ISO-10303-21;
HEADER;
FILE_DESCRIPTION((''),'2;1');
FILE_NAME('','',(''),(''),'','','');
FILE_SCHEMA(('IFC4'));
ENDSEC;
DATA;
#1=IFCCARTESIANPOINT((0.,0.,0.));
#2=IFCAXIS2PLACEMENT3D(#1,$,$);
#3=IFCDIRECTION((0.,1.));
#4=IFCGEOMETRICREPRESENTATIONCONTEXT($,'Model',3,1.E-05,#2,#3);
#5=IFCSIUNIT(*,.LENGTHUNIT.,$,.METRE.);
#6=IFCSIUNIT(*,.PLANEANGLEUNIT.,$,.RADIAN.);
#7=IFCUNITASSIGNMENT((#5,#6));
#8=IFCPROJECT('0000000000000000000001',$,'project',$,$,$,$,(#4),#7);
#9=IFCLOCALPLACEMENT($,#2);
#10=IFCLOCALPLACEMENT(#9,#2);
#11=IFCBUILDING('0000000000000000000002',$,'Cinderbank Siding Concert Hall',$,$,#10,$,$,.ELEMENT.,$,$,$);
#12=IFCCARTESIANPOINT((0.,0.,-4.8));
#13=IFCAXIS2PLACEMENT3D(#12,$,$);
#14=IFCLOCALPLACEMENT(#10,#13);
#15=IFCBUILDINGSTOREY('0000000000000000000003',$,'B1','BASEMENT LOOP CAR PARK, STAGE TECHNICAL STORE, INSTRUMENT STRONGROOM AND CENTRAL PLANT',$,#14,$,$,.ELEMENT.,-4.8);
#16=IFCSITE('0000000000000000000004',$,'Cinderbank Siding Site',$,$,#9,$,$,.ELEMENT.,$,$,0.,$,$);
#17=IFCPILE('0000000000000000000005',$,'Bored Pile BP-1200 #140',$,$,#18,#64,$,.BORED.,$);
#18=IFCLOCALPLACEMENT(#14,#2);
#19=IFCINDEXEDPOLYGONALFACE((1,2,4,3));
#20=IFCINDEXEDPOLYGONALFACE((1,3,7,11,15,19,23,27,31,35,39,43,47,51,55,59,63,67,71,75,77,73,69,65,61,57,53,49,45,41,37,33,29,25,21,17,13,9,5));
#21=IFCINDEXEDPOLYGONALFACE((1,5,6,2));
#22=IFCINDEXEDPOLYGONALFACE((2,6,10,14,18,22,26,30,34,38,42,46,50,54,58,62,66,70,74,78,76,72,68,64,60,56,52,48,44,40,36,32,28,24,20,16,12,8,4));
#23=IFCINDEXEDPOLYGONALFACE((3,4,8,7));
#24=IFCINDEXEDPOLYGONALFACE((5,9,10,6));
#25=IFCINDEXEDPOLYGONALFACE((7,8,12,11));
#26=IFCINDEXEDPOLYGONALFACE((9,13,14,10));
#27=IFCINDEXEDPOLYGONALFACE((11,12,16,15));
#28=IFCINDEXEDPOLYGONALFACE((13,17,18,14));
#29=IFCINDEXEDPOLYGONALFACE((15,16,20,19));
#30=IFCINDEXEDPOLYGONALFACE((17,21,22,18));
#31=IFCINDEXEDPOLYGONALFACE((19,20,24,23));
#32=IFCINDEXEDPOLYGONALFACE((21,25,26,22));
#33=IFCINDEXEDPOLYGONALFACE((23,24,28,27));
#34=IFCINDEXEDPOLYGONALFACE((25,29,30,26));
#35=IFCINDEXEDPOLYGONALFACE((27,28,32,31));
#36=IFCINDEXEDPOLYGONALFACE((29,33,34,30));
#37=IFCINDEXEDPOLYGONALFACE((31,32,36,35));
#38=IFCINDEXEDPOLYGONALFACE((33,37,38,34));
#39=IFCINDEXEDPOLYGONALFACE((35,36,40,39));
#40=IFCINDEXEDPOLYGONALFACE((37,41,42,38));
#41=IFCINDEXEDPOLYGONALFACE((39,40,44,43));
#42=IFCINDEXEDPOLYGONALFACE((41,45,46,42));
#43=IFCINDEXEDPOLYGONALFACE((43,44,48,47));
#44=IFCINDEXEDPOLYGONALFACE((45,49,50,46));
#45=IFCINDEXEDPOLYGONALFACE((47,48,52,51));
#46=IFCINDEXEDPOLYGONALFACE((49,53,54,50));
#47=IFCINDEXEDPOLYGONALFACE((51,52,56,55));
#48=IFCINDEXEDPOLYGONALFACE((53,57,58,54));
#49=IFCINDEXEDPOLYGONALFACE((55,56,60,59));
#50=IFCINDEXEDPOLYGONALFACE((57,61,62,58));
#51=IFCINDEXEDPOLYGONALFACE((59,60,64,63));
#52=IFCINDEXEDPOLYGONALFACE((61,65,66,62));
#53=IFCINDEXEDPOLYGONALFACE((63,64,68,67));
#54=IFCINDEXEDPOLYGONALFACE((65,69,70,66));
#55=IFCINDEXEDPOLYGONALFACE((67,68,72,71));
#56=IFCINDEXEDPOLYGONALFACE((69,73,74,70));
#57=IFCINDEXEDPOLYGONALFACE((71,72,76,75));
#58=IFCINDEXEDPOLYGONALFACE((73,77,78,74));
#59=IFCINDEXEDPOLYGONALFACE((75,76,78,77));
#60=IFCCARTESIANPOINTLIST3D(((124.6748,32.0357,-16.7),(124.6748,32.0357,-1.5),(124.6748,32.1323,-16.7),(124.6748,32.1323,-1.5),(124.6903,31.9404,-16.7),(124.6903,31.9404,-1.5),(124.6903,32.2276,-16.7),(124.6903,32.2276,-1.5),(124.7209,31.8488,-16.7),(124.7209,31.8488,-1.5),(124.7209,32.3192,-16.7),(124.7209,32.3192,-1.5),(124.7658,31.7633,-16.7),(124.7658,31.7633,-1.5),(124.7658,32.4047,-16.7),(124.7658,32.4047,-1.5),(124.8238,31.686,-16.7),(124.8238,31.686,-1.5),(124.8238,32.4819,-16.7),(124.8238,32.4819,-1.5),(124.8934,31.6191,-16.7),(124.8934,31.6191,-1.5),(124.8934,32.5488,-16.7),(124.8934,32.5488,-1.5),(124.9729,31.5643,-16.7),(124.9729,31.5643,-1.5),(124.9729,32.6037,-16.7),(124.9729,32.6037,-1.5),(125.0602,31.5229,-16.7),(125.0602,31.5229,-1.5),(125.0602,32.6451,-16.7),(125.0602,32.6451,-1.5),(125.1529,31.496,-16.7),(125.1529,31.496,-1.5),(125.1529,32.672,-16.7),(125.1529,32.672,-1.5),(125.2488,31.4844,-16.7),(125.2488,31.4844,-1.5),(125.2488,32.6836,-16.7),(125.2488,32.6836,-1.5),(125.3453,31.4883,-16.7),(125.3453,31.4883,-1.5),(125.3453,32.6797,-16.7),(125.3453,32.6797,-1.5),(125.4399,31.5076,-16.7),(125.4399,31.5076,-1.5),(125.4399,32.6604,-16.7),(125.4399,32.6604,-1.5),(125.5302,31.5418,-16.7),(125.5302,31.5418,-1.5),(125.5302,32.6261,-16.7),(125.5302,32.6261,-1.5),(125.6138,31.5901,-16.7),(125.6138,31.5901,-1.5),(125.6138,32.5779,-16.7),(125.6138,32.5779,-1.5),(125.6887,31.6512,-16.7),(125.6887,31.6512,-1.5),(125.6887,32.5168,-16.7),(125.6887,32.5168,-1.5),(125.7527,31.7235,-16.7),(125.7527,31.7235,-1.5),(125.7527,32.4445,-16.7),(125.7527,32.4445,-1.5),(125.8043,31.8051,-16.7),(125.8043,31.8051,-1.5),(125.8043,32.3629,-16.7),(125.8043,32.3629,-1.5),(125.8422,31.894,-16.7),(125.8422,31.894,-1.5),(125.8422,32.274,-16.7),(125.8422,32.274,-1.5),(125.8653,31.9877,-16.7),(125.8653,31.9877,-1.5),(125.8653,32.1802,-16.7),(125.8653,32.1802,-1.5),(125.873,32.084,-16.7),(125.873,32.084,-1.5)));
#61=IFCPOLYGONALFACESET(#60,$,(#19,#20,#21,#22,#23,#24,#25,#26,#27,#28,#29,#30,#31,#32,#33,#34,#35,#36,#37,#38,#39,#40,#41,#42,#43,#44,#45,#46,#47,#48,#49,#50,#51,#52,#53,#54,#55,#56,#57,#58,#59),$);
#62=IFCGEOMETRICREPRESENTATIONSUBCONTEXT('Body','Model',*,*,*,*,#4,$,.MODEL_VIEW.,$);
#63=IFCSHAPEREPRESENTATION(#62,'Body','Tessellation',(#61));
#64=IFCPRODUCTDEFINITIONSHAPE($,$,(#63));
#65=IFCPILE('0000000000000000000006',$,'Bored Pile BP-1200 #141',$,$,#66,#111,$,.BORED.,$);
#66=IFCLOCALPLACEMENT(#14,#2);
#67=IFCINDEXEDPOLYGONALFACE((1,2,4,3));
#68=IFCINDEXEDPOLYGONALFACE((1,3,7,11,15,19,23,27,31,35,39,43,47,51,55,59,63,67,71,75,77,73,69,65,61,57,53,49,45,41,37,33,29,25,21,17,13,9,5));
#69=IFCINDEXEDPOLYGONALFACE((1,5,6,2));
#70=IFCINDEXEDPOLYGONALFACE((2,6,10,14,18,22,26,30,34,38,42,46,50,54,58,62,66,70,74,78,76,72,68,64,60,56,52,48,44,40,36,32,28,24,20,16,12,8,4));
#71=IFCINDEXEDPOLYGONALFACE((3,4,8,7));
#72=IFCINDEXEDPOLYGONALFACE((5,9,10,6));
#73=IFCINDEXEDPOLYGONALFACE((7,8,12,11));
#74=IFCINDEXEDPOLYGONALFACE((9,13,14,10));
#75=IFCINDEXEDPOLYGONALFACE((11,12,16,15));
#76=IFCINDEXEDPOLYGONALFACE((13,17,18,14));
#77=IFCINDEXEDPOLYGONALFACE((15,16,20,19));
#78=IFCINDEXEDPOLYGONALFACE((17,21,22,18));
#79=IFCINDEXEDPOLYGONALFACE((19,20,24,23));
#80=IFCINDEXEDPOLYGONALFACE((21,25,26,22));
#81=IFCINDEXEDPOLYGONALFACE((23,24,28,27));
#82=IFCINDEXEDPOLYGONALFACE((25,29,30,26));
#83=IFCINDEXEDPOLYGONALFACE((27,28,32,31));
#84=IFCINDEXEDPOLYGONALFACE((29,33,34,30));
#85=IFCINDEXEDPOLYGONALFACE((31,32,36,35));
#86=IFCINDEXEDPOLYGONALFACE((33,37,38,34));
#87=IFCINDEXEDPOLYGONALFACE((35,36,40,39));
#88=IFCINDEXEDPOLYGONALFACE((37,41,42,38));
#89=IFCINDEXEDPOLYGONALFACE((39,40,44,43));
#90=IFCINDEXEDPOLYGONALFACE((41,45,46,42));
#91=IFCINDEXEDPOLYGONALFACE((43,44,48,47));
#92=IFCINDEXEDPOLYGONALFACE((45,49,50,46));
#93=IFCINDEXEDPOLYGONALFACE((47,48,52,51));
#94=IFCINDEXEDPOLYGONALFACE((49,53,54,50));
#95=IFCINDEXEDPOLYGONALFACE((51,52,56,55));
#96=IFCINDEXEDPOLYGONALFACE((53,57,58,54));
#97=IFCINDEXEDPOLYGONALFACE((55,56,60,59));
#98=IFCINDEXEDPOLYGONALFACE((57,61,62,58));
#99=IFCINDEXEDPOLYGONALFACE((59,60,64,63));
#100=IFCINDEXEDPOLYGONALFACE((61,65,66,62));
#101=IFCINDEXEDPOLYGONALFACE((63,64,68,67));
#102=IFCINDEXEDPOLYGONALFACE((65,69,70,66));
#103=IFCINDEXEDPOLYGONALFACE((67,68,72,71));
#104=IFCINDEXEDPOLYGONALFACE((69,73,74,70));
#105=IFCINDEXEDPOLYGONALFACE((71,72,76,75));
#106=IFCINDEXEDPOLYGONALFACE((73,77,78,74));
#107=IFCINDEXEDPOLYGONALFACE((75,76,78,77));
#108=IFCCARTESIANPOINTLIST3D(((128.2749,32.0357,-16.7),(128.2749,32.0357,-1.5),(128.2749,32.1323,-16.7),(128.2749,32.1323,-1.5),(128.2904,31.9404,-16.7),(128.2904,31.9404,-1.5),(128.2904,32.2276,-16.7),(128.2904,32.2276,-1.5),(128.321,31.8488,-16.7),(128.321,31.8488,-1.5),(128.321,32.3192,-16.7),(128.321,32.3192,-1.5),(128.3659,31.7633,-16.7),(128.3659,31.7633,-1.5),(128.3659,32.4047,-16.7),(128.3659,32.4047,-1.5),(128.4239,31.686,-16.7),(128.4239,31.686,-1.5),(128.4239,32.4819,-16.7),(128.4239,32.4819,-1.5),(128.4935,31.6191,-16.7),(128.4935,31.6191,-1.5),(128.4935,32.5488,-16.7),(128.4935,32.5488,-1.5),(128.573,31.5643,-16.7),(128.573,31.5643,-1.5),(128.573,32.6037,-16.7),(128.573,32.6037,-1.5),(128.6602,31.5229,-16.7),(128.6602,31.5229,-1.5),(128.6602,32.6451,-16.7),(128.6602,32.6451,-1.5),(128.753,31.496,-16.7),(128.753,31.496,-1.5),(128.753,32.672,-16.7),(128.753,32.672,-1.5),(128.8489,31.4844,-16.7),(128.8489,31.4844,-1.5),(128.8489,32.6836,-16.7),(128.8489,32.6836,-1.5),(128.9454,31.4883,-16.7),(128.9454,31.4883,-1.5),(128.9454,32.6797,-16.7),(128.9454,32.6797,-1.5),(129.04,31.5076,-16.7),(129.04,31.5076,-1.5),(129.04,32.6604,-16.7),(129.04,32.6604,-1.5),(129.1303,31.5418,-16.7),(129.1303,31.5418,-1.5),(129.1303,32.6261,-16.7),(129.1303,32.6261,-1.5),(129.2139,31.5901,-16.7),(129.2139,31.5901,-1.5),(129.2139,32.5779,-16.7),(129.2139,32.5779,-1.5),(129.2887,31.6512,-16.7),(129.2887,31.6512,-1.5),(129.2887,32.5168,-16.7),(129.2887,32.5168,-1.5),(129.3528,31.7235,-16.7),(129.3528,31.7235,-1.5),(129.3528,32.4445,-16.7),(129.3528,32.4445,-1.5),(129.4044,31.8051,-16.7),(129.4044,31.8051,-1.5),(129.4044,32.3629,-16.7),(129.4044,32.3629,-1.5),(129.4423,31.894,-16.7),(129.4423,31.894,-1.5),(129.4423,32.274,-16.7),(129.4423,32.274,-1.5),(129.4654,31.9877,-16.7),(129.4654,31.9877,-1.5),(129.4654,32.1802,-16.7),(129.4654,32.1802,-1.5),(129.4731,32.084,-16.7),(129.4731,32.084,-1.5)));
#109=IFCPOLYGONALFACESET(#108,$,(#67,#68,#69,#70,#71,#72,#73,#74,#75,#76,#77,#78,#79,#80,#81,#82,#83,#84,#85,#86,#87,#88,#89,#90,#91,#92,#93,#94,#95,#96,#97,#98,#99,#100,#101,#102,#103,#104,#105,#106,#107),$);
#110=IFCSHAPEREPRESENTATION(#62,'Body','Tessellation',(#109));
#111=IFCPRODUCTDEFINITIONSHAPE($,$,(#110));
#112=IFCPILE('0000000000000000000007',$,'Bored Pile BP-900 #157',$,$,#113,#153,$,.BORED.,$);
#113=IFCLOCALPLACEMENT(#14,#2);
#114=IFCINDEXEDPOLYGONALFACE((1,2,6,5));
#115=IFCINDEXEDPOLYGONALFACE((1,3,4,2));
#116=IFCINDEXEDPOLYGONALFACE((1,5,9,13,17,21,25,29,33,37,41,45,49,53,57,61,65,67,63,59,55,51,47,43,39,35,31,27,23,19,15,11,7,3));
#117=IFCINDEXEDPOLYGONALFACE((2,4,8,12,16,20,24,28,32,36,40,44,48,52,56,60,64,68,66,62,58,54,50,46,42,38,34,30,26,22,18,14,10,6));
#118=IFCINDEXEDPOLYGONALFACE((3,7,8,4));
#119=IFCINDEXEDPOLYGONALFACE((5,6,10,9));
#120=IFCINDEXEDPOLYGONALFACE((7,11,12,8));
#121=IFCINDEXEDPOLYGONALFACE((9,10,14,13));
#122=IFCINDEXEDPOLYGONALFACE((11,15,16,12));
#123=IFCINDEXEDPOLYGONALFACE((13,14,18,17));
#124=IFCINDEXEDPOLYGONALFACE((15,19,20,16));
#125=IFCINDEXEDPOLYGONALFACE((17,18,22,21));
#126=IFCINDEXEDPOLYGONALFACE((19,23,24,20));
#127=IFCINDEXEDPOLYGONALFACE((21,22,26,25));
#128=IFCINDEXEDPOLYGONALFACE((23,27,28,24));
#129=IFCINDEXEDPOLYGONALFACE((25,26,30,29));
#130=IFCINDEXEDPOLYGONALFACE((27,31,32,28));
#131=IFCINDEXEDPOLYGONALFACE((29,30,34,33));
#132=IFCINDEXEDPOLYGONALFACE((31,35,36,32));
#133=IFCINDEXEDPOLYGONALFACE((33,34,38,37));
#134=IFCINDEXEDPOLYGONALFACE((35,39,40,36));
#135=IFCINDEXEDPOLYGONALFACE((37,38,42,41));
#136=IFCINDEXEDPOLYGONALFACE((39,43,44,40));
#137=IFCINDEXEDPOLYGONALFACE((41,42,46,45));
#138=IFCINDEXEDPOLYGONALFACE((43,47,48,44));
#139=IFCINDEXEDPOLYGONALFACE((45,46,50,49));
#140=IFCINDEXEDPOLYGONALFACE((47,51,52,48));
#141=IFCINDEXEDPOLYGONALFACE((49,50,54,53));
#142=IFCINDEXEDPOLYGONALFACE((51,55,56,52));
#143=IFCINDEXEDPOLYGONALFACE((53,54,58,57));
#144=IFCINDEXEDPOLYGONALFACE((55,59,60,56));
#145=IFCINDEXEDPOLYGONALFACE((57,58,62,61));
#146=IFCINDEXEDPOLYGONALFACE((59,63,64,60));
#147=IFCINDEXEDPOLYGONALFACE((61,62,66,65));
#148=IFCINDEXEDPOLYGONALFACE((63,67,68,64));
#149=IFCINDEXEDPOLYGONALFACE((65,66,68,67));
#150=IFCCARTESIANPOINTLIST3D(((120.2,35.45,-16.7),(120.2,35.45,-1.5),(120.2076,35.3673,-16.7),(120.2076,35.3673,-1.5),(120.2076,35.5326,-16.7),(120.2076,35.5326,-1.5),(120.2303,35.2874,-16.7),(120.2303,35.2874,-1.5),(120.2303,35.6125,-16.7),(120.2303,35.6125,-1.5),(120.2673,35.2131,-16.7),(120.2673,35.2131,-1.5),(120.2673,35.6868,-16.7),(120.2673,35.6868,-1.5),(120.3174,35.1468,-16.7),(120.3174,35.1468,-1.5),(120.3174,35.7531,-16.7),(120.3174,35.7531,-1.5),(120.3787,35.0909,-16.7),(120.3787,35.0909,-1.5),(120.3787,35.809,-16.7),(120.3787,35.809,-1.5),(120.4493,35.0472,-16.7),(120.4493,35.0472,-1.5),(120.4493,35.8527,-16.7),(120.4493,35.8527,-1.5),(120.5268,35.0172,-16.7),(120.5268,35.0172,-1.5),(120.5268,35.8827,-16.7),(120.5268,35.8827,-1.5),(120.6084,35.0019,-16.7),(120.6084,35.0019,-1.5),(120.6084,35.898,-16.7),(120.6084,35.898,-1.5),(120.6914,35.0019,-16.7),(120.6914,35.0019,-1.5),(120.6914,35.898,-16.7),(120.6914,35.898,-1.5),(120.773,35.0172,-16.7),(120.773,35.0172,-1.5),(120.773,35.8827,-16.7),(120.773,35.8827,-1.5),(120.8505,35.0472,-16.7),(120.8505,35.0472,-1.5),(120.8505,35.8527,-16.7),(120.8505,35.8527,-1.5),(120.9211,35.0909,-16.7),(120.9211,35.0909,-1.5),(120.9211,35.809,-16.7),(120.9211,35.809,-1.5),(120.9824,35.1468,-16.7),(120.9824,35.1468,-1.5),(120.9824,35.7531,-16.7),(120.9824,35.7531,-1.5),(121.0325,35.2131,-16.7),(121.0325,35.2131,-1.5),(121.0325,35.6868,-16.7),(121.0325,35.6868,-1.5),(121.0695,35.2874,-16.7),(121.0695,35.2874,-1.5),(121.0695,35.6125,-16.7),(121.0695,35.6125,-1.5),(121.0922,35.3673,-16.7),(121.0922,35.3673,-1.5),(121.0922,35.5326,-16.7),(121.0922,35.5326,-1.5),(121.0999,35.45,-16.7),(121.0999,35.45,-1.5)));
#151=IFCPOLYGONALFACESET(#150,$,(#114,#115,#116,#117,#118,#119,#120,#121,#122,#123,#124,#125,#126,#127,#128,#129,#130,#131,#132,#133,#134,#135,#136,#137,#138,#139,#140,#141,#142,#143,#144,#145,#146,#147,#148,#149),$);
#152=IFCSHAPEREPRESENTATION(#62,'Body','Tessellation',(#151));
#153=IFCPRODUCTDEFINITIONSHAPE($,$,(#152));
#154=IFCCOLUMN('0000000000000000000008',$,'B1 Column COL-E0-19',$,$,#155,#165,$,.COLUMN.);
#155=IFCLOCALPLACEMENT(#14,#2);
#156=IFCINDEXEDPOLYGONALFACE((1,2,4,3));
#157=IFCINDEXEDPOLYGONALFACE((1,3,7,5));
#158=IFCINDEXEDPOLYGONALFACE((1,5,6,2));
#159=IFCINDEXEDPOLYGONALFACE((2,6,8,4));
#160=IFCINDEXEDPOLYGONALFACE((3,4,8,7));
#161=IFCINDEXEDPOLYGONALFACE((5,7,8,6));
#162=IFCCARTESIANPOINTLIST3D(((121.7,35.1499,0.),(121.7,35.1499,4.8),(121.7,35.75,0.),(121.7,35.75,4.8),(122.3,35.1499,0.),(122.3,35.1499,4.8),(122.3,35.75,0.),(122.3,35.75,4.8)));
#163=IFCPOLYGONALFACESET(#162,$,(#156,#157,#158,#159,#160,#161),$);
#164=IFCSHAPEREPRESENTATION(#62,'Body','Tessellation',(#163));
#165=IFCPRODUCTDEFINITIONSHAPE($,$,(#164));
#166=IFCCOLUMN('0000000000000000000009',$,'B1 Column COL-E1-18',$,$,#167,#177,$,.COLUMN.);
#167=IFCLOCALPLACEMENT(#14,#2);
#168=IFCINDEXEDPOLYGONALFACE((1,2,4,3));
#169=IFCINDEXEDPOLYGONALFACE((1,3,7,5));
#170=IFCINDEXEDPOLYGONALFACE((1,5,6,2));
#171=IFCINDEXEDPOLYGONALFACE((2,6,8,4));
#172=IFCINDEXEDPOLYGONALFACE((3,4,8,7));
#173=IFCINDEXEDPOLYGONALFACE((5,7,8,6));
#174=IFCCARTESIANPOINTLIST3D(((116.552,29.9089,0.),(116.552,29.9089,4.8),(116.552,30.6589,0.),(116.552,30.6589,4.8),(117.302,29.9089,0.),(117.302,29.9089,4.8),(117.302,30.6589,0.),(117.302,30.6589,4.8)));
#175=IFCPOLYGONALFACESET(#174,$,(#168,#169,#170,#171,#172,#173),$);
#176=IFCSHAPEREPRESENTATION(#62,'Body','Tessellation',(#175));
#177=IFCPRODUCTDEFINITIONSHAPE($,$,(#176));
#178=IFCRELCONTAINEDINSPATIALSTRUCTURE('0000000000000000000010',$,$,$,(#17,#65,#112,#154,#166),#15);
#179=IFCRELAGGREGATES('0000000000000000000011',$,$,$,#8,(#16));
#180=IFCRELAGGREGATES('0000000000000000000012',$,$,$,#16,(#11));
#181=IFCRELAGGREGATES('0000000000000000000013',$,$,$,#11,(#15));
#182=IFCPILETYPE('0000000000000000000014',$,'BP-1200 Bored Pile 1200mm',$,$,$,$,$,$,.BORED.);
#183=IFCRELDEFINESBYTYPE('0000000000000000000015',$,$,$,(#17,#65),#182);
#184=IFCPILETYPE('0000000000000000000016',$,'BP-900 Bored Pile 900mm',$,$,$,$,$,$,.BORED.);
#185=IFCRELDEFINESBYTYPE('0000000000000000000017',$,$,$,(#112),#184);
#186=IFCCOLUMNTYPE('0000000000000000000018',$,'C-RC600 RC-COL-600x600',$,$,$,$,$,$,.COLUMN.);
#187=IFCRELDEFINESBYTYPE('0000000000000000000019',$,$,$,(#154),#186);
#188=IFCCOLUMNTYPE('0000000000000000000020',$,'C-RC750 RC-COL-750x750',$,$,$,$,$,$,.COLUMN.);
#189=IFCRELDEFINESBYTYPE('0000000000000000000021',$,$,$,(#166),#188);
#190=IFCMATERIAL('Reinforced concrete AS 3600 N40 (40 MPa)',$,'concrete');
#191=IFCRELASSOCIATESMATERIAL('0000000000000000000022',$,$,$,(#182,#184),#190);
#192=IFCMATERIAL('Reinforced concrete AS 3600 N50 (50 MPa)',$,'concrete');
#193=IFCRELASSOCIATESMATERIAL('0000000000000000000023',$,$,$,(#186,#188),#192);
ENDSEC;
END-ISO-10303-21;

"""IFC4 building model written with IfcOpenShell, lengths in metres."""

from ifc_helpers import new_model, si_unit, direction, frame, origin, origin_2d, place, context, subcontext, project, spatial, rectangle, circle, extrude, material, material_profile, profile_set, type_object, element, save


model = new_model("IFC4")

# Units and contexts
model_context = context("Model", 3, precision=1e-05, world=origin(), true_north=direction((0.0, 1.0)))
body_context = subcontext(model_context, "Body", "Model", "MODEL_VIEW")
ifc_project = project(units=[si_unit("LENGTHUNIT", "METRE"), si_unit("PLANEANGLEUNIT", "RADIAN")], contexts=[model_context])

# Site, building, storey
site_placement = place(None, origin())
site = spatial("IfcSite", under=ifc_project, at=site_placement, Name="Cinderbank Siding Site", CompositionType="ELEMENT", RefElevation=0.0)
building_placement = place(site_placement, origin())
building = spatial("IfcBuilding", under=site, at=building_placement, Name="Cinderbank Siding Concert Hall", CompositionType="ELEMENT")
storey_placement = place(building_placement, frame((0.0, 0.0, -4.8)))
storey = spatial("IfcBuildingStorey", under=building, at=storey_placement, Name="B1", Description="BASEMENT LOOP CAR PARK, STAGE TECHNICAL STORE, INSTRUMENT STRONGROOM AND CENTRAL PLANT", CompositionType="ELEMENT", Elevation=-4.8)

# Piles
ifc_material_1 = material(Name="Reinforced concrete AS 3600 N40 (40 MPa)", Category="concrete")
ifc_material_profile_1 = material_profile(ifc_material_1, circle(Radius=0.6001, at=origin_2d()), Name="PILE-1200DIA", Category="LoadBearing")
ifc_profile_set_1 = profile_set([ifc_material_profile_1], Name="Reinforced concrete AS 3600 N40 (40 MPa)")
pile_type_1 = type_object("IfcPileType", Name="BP-1200 Bored Pile 1200mm", PredefinedType="BORED", material=ifc_profile_set_1)
for number, where, z_axis, x_axis, name in (
    (1, (125.2729, 32.084, -1.5), (0.0, 0.0, -1.0), (1.0, 0.0, 0.0), "Bored Pile BP-1200 #140"),
    (2, (128.873, 32.084, -1.5), (0.0, 0.0, -1.0), (1.0, 0.0, 0.0), "Bored Pile BP-1200 #141"),
):
    element("IfcPile", number, at=place(storey_placement, frame(where, z_axis=z_axis, x_axis=x_axis)), inside=storey, type_object=pile_type_1, Name=name, PredefinedType="BORED", context=body_context, shape_type="SweptSolid", body=[
        extrude(circle(Radius=0.6001, at=origin_2d()), origin(), (0.0, 0.0, 1.0), 15.2),
    ])
ifc_material_profile_2 = material_profile(ifc_material_1, circle(Radius=0.45, at=origin_2d()), Name="PILE-900DIA", Category="LoadBearing")
ifc_profile_set_2 = profile_set([ifc_material_profile_2], Name="Reinforced concrete AS 3600 N40 (40 MPa)")
pile_type_2 = type_object("IfcPileType", Name="BP-900 Bored Pile 900mm", PredefinedType="BORED", material=ifc_profile_set_2)
pile_placement = place(storey_placement, frame((120.6499, 35.45, -1.5), z_axis=(0.0, 0.0, -1.0), x_axis=(1.0, 0.0, 0.0)))
element("IfcPile", 3, at=pile_placement, inside=storey, type_object=pile_type_2, Name="Bored Pile BP-900 #157", PredefinedType="BORED", context=body_context, shape_type="SweptSolid", body=[
    extrude(circle(Radius=0.45, at=origin_2d()), origin(), (0.0, 0.0, 1.0), 15.2),
])

# Columns
ifc_material_2 = material(Name="Reinforced concrete AS 3600 N50 (50 MPa)", Category="concrete")
ifc_material_profile_3 = material_profile(ifc_material_2, rectangle(XDim=0.6001, YDim=0.6001, at=origin_2d()), Name="RC-COL-600x600", Category="LoadBearing")
ifc_profile_set_3 = profile_set([ifc_material_profile_3], Name="Reinforced concrete AS 3600 N50 (50 MPa)")
column_type_1 = type_object("IfcColumnType", Name="C-RC600 RC-COL-600x600", PredefinedType="COLUMN", material=ifc_profile_set_3)
column_1_placement = place(storey_placement, frame((122.0, 35.45, 0.0), z_axis=(0.0, 0.0, 1.0), x_axis=(1.0, 0.0, 0.0)))
element("IfcColumn", 4, at=column_1_placement, inside=storey, type_object=column_type_1, Name="B1 Column COL-E0-19", PredefinedType="COLUMN", context=body_context, shape_type="SweptSolid", body=[
    extrude(rectangle(XDim=0.6001, YDim=0.6001, at=origin_2d()), origin(), (0.0, 0.0, 1.0), 4.8),
])
ifc_material_profile_4 = material_profile(ifc_material_2, rectangle(XDim=0.75, YDim=0.75, at=origin_2d()), Name="RC-COL-750x750", Category="LoadBearing")
ifc_profile_set_4 = profile_set([ifc_material_profile_4], Name="Reinforced concrete AS 3600 N50 (50 MPa)")
column_type_2 = type_object("IfcColumnType", Name="C-RC750 RC-COL-750x750", PredefinedType="COLUMN", material=ifc_profile_set_4)
column_2_placement = place(storey_placement, frame((116.927, 30.2839, 0.0), z_axis=(0.0, 0.0, 1.0), x_axis=(1.0, 0.0, 0.0)))
element("IfcColumn", 5, at=column_2_placement, inside=storey, type_object=column_type_2, Name="B1 Column COL-E1-18", PredefinedType="COLUMN", context=body_context, shape_type="SweptSolid", body=[
    extrude(rectangle(XDim=0.75, YDim=0.75, at=origin_2d()), origin(), (0.0, 0.0, 1.0), 4.8),
])

save(model, "model.ifc")
